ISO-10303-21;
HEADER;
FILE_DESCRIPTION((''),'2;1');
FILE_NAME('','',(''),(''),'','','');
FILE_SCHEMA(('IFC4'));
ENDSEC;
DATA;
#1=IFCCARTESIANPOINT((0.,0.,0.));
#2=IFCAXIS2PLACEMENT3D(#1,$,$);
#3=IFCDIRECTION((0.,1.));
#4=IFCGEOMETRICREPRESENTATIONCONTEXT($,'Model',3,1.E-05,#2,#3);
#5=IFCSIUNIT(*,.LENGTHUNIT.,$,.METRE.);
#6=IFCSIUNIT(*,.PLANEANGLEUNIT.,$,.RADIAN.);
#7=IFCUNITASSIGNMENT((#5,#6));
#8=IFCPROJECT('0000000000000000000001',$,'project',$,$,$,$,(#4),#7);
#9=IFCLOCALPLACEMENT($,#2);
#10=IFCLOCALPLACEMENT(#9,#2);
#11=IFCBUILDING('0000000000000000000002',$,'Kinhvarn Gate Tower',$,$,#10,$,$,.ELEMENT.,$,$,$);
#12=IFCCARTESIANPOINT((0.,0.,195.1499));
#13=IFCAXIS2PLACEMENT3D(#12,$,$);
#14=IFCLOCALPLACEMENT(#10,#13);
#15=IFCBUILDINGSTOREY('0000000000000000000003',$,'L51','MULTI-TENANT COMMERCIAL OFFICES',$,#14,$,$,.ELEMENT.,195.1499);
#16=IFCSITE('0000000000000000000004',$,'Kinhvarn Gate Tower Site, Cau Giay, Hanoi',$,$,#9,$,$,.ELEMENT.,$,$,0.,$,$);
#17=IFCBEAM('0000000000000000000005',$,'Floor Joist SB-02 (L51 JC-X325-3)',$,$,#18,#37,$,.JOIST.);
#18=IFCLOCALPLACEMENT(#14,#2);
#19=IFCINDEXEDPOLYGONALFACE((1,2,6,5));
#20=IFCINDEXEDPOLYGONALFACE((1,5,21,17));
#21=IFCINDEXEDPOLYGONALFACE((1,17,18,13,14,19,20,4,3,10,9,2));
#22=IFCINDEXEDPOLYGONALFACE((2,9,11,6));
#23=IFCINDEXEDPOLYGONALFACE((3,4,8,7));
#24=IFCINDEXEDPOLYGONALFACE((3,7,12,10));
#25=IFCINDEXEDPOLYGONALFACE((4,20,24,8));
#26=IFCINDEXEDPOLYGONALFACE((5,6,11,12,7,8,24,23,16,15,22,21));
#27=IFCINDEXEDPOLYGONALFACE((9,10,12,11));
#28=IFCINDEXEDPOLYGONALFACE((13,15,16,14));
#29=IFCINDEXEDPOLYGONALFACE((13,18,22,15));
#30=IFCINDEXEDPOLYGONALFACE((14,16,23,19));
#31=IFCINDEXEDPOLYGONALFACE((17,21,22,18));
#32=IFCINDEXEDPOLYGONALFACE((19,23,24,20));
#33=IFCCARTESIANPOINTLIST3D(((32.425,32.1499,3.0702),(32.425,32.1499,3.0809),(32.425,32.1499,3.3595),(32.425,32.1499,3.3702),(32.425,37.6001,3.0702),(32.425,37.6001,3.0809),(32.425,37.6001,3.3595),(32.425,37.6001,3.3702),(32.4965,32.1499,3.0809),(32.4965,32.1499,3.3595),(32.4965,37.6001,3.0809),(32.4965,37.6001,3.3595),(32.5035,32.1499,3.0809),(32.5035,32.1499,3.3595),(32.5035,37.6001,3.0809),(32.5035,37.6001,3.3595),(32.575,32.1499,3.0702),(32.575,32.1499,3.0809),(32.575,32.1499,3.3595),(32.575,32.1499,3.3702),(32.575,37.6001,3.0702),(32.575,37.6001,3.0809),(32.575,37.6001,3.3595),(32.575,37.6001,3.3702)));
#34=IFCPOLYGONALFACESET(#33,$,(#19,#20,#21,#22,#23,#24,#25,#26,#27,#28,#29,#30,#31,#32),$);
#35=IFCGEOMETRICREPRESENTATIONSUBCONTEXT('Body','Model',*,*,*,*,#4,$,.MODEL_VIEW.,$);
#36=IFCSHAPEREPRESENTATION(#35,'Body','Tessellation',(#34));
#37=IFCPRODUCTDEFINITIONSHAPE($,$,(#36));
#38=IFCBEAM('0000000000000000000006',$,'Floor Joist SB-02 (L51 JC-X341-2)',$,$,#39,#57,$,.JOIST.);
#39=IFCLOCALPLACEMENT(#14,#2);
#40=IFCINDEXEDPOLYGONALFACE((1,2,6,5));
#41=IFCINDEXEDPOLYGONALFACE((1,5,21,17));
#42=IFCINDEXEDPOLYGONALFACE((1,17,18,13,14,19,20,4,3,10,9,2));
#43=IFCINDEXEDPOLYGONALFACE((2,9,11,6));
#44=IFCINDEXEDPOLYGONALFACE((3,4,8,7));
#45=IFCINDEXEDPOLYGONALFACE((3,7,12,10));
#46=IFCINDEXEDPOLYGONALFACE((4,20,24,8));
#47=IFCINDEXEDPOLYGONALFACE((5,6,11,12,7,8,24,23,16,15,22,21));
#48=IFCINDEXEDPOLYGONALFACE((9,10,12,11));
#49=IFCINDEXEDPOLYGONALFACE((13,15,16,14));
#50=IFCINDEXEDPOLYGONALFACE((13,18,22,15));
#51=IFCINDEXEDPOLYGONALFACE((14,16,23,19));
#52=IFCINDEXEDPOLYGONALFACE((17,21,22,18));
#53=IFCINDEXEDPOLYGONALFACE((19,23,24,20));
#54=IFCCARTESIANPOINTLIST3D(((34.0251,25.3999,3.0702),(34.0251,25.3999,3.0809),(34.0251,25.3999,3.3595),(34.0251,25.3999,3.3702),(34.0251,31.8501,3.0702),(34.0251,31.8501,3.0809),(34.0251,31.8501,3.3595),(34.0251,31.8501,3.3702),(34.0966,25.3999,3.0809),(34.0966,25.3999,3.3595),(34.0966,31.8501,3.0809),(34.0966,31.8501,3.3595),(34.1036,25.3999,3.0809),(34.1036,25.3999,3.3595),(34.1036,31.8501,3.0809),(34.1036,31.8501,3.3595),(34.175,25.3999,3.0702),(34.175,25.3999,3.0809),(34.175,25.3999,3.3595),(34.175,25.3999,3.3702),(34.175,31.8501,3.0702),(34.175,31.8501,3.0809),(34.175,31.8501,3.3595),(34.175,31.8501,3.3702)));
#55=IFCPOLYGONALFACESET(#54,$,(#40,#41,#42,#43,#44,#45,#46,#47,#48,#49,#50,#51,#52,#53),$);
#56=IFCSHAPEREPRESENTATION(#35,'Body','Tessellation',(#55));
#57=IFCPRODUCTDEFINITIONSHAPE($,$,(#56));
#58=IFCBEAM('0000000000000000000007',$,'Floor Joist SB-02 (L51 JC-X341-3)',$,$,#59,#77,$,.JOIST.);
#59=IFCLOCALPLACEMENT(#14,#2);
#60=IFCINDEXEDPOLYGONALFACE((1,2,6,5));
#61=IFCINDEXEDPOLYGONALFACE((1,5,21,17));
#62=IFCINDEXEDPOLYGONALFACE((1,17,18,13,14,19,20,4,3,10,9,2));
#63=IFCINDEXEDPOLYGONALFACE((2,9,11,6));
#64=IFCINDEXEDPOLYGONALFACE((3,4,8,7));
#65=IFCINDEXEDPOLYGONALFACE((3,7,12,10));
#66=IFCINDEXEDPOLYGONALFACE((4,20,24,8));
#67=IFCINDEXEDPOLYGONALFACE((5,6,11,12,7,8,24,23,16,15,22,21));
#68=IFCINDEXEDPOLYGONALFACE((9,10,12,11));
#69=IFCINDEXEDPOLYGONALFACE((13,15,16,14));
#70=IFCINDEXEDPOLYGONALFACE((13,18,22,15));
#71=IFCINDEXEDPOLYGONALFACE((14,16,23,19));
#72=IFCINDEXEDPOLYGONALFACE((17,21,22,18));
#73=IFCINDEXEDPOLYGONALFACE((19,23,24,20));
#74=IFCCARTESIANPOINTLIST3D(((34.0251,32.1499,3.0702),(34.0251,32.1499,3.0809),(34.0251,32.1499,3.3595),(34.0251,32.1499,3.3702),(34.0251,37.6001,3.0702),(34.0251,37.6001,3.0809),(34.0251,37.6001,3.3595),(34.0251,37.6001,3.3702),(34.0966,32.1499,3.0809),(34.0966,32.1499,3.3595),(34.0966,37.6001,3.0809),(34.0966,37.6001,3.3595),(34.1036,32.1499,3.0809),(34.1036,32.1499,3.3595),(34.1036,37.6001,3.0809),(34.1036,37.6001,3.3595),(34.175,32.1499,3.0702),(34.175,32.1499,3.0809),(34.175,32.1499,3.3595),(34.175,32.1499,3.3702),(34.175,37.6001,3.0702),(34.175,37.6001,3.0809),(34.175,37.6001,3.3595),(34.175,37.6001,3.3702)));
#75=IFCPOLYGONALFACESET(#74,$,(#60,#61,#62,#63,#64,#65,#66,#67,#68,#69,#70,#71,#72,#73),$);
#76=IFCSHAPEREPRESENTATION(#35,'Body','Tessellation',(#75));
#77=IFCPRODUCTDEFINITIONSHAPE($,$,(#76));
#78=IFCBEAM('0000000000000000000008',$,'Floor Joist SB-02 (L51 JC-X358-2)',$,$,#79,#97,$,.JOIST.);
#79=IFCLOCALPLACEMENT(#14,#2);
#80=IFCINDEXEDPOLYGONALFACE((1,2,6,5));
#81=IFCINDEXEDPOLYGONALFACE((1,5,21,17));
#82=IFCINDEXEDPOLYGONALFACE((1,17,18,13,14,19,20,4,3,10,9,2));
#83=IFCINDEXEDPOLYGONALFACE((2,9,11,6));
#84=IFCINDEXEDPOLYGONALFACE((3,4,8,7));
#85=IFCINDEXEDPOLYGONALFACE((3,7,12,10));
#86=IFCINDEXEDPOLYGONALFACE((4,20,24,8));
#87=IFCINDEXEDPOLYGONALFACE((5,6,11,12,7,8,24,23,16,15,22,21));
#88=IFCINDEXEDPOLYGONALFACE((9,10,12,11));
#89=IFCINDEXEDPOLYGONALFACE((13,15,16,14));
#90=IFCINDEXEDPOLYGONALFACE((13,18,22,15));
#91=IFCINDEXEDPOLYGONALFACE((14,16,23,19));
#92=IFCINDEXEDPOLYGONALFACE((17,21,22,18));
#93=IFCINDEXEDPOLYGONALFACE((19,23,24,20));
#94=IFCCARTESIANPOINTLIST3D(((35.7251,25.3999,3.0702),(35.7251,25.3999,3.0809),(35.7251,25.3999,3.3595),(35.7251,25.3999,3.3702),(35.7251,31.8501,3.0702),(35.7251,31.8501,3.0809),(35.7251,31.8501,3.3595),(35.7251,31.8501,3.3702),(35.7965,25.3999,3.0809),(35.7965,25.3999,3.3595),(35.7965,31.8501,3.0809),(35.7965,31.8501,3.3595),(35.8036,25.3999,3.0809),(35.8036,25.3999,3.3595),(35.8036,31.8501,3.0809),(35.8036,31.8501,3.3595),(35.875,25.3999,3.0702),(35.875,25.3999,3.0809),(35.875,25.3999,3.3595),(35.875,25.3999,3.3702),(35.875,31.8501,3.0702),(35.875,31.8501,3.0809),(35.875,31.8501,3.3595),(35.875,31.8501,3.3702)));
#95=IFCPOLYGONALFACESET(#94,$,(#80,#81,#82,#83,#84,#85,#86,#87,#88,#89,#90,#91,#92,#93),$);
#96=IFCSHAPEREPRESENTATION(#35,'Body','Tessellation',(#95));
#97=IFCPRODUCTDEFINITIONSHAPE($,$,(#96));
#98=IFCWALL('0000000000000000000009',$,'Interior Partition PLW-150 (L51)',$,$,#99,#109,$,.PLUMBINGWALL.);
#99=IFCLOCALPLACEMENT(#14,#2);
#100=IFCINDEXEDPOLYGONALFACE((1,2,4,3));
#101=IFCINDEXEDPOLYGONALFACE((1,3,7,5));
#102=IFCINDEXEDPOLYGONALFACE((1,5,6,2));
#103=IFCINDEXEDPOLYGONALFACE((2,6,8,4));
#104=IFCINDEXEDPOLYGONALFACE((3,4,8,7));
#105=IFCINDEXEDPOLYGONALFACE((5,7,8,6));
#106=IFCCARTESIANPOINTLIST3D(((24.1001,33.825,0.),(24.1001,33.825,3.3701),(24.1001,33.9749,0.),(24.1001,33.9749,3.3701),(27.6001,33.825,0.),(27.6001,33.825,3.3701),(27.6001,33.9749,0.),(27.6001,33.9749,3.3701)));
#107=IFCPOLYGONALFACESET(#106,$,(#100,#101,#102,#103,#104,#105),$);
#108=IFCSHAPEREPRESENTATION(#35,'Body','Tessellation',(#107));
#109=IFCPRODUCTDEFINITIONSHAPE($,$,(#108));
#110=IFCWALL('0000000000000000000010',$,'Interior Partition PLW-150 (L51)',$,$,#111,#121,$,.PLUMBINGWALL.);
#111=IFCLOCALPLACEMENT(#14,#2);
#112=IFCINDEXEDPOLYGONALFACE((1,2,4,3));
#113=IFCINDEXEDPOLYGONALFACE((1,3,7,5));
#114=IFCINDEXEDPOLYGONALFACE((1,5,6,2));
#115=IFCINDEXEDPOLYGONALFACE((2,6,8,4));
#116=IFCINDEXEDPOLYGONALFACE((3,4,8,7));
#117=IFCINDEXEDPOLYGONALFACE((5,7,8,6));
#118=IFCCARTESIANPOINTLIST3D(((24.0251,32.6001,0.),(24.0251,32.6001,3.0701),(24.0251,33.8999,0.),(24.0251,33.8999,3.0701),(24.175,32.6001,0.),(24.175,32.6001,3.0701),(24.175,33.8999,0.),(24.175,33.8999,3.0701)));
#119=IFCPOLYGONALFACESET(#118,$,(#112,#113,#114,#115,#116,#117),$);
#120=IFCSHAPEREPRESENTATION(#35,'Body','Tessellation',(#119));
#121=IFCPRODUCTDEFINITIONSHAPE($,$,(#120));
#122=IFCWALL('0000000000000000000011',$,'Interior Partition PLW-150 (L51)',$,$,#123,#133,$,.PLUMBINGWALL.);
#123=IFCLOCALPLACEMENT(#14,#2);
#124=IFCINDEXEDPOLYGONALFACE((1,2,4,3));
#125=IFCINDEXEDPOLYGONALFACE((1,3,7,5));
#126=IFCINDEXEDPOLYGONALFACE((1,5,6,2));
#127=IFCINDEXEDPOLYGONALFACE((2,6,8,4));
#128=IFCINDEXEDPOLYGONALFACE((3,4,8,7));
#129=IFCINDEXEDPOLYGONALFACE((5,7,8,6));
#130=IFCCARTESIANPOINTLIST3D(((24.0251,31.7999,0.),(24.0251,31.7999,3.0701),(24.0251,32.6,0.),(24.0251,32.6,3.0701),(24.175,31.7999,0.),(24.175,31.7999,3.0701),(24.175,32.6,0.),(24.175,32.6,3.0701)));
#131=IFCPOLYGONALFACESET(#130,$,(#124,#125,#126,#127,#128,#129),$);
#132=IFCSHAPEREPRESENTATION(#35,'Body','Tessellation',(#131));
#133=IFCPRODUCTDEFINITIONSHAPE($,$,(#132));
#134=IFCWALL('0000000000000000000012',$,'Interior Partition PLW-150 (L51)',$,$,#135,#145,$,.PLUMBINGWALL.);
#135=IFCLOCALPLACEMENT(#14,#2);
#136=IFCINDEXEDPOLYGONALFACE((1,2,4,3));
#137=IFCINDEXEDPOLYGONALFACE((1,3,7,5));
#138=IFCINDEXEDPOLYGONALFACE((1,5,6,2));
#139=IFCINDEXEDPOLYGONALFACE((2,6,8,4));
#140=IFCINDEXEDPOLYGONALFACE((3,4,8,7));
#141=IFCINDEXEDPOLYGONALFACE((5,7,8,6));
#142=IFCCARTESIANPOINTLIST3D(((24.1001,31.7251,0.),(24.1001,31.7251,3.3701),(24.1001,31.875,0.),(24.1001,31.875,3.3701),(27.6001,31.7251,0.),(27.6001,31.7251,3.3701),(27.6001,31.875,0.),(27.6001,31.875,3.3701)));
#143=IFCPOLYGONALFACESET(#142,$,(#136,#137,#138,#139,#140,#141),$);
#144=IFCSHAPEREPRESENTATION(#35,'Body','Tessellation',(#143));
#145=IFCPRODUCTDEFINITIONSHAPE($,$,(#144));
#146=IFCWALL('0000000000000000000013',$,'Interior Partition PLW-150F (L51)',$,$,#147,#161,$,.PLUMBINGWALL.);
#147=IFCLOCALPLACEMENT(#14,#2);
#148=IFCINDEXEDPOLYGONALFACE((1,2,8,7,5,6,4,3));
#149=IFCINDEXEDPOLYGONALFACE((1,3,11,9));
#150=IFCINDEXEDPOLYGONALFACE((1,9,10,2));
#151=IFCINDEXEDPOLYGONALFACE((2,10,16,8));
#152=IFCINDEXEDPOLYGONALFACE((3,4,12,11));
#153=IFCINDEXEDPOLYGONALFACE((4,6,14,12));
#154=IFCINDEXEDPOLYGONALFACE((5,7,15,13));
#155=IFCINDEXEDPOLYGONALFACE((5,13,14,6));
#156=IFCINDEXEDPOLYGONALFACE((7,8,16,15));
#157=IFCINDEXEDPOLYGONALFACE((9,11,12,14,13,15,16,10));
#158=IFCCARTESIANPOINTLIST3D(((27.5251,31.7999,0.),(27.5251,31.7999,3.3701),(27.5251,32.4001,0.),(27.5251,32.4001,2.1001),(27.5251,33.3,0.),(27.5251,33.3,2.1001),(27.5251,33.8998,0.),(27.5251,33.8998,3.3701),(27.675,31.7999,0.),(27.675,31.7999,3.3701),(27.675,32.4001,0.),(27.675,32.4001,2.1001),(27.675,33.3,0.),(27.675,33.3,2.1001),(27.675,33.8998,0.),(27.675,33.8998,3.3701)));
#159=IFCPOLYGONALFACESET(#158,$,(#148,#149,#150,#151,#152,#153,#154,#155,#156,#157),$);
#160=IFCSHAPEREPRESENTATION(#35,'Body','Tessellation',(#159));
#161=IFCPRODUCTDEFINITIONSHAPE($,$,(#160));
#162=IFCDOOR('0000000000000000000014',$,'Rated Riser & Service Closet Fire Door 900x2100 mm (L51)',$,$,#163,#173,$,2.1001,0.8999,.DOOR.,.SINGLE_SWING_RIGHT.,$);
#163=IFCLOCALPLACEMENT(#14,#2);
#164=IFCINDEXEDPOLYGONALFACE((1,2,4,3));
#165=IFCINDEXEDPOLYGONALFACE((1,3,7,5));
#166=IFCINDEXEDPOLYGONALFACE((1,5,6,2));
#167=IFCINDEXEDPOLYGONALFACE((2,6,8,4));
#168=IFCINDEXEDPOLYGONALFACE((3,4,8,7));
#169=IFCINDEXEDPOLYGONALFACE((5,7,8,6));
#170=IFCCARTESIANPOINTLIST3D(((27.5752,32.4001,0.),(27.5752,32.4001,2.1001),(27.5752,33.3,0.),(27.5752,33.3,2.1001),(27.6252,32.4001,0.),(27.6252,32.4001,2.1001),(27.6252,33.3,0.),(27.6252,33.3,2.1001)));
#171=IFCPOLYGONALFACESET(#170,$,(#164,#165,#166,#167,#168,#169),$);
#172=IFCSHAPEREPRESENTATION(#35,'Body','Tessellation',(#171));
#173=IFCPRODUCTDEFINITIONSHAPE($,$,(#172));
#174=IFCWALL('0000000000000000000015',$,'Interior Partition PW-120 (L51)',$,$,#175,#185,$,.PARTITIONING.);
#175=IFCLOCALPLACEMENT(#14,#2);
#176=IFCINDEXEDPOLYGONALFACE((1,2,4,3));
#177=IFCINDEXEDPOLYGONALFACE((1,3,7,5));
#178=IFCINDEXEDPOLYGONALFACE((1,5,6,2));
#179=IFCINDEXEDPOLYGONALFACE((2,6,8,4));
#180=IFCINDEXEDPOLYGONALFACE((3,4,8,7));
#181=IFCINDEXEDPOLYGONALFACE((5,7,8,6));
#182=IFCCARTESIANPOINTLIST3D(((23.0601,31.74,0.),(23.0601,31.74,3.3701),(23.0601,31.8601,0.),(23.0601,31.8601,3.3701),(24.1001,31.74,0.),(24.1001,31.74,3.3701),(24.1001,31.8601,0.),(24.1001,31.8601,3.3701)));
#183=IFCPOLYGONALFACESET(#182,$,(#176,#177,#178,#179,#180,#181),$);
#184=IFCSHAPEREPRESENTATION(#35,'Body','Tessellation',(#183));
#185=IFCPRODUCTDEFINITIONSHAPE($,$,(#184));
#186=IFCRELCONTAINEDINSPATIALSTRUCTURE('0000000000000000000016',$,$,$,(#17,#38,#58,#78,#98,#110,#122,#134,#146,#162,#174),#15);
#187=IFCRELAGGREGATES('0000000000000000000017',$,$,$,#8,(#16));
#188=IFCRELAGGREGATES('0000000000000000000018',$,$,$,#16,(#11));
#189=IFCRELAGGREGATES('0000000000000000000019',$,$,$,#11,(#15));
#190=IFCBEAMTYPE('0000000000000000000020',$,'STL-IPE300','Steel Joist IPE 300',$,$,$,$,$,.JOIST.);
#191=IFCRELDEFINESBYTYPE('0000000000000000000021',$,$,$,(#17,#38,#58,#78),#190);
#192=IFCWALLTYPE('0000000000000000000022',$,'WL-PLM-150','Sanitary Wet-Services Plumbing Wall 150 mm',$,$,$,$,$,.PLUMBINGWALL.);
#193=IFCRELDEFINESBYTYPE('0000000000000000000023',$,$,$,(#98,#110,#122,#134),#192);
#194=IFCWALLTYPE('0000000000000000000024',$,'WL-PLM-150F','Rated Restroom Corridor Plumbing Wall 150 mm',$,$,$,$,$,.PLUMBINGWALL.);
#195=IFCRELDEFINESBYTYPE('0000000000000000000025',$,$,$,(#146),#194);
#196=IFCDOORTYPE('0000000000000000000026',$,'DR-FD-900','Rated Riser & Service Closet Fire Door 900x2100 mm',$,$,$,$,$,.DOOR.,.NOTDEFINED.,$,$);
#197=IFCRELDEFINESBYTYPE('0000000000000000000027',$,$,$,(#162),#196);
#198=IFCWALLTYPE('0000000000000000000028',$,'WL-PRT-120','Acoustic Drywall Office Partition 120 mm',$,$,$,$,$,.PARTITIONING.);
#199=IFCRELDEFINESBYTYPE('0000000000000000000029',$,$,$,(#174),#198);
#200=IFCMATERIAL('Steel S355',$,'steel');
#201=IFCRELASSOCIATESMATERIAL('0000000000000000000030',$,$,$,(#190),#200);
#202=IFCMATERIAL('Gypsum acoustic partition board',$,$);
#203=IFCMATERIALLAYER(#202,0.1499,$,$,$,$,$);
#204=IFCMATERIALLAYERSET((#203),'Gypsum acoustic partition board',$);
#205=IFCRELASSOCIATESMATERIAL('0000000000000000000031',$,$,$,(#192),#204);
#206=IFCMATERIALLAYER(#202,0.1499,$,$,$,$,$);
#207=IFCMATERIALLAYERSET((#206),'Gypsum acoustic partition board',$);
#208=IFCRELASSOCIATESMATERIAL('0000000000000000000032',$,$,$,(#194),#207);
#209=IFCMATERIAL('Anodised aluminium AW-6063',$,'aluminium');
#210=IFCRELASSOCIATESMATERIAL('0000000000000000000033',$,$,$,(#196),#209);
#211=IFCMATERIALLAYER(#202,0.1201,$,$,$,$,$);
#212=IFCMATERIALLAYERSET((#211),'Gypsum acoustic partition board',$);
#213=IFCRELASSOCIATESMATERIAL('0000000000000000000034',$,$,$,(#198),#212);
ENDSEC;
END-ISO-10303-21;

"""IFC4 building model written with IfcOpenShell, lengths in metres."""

from ifc_helpers import new_model, si_unit, direction, frame, frame_2d, origin, origin_2d, place, context, subcontext, project, spatial, rectangle, i_section, extrude, material, layer, layer_set, material_profile, profile_set, type_object, element, fill, save


model = new_model("IFC4")

# Units and contexts
model_context = context("Model", 3, precision=1e-05, world=origin(), true_north=direction((0.0, 1.0)))
body_context = subcontext(model_context, "Body", "Model", "MODEL_VIEW")
ifc_project = project(units=[si_unit("LENGTHUNIT", "METRE"), si_unit("PLANEANGLEUNIT", "RADIAN")], contexts=[model_context])

# Site, building, storey
site_placement = place(None, origin())
site = spatial("IfcSite", under=ifc_project, at=site_placement, Name="Kinhvarn Gate Tower Site, Cau Giay, Hanoi", CompositionType="ELEMENT", RefElevation=0.0)
building_placement = place(site_placement, origin())
building = spatial("IfcBuilding", under=site, at=building_placement, Name="Kinhvarn Gate Tower", CompositionType="ELEMENT")
storey_placement = place(building_placement, frame((0.0, 0.0, 195.1499)))
storey = spatial("IfcBuildingStorey", under=building, at=storey_placement, Name="L51", Description="MULTI-TENANT COMMERCIAL OFFICES", CompositionType="ELEMENT", Elevation=195.1499)

# Beams
ifc_material_1 = material(Name="Steel S355", Category="steel")
ifc_material_profile = material_profile(ifc_material_1, i_section(OverallWidth=0.1499, OverallDepth=0.3, WebThickness=0.0071, FlangeThickness=0.0107, at=origin_2d()), Name="IPE 300")
ifc_profile_set = profile_set([ifc_material_profile], Name="Steel S355")
beam_type = type_object("IfcBeamType", Name="STL-IPE300", Description="Steel Joist IPE 300", PredefinedType="JOIST", material=ifc_profile_set)
beam_1_placement = place(storey_placement, frame((32.5, 32.1499, 3.2202), z_axis=(0.0, 1.0, 0.0), x_axis=(-1.0, 0.0, 0.0)))
element("IfcBeam", 1, at=beam_1_placement, inside=storey, type_object=beam_type, Name="Floor Joist SB-02 (L51 JC-X325-3)", PredefinedType="JOIST", context=body_context, shape_type="SweptSolid", body=[
    extrude(i_section(OverallWidth=0.1499, OverallDepth=0.3, WebThickness=0.0071, FlangeThickness=0.0107, at=origin_2d()), origin(), (0.0, 0.0, 1.0), 5.4502),
])
beam_2_placement = place(storey_placement, frame((34.1001, 25.3999, 3.2202), z_axis=(0.0, 1.0, 0.0), x_axis=(-1.0, 0.0, 0.0)))
element("IfcBeam", 2, at=beam_2_placement, inside=storey, type_object=beam_type, Name="Floor Joist SB-02 (L51 JC-X341-2)", PredefinedType="JOIST", context=body_context, shape_type="SweptSolid", body=[
    extrude(i_section(OverallWidth=0.1499, OverallDepth=0.3, WebThickness=0.0071, FlangeThickness=0.0107, at=origin_2d()), origin(), (0.0, 0.0, 1.0), 6.4502),
])
beam_3_placement = place(storey_placement, frame((34.1001, 32.1499, 3.2202), z_axis=(0.0, 1.0, 0.0), x_axis=(-1.0, 0.0, 0.0)))
element("IfcBeam", 3, at=beam_3_placement, inside=storey, type_object=beam_type, Name="Floor Joist SB-02 (L51 JC-X341-3)", PredefinedType="JOIST", context=body_context, shape_type="SweptSolid", body=[
    extrude(i_section(OverallWidth=0.1499, OverallDepth=0.3, WebThickness=0.0071, FlangeThickness=0.0107, at=origin_2d()), origin(), (0.0, 0.0, 1.0), 5.4502),
])
beam_4_placement = place(storey_placement, frame((35.8, 25.3999, 3.2202), z_axis=(0.0, 1.0, 0.0), x_axis=(-1.0, 0.0, 0.0)))
element("IfcBeam", 4, at=beam_4_placement, inside=storey, type_object=beam_type, Name="Floor Joist SB-02 (L51 JC-X358-2)", PredefinedType="JOIST", context=body_context, shape_type="SweptSolid", body=[
    extrude(i_section(OverallWidth=0.1499, OverallDepth=0.3, WebThickness=0.0071, FlangeThickness=0.0107, at=origin_2d()), origin(), (0.0, 0.0, 1.0), 6.4502),
])

# Walls
ifc_material_2 = material(Name="Gypsum acoustic partition board")
ifc_layer_1 = layer(ifc_material_2, 0.1499)
ifc_layer_set_1 = layer_set([ifc_layer_1], Name="Gypsum acoustic partition board")
wall_type_1 = type_object("IfcWallType", Name="WL-PLM-150", Description="Sanitary Wet-Services Plumbing Wall 150 mm", PredefinedType="PLUMBINGWALL", material=ifc_layer_set_1)
wall_1_placement = place(storey_placement, frame((24.1001, 33.8999, 0.0), z_axis=(0.0, 0.0, 1.0), x_axis=(1.0, 0.0, 0.0)))
element("IfcWall", 5, at=wall_1_placement, inside=storey, type_object=wall_type_1, Name="Interior Partition PLW-150 (L51)", PredefinedType="PLUMBINGWALL", context=body_context, shape_type="SweptSolid", body=[
    extrude(rectangle(XDim=3.5, YDim=0.1499, at=frame_2d((1.75, 0.0))), origin(), (0.0, 0.0, 1.0), 3.3701),
])
wall_2_placement = place(storey_placement, frame((24.1001, 32.6001, 0.0), z_axis=(0.0, 0.0, 1.0), x_axis=(0.0, 1.0, 0.0)))
element("IfcWall", 6, at=wall_2_placement, inside=storey, type_object=wall_type_1, Name="Interior Partition PLW-150 (L51)", PredefinedType="PLUMBINGWALL", context=body_context, shape_type="SweptSolid", body=[
    extrude(rectangle(XDim=1.2998, YDim=0.1499, at=frame_2d((0.6499, 0.0))), origin(), (0.0, 0.0, 1.0), 3.0701),
])
wall_3_placement = place(storey_placement, frame((24.1001, 31.8, 0.0), z_axis=(0.0, 0.0, 1.0), x_axis=(0.0, 1.0, 0.0)))
element("IfcWall", 7, at=wall_3_placement, inside=storey, type_object=wall_type_1, Name="Interior Partition PLW-150 (L51)", PredefinedType="PLUMBINGWALL", context=body_context, shape_type="SweptSolid", body=[
    extrude(rectangle(XDim=0.8, YDim=0.1499, at=frame_2d((0.3999, 0.0))), origin(), (0.0, 0.0, 1.0), 3.0701),
])
wall_4_placement = place(storey_placement, frame((24.1001, 31.8, 0.0), z_axis=(0.0, 0.0, 1.0), x_axis=(1.0, 0.0, 0.0)))
element("IfcWall", 8, at=wall_4_placement, inside=storey, type_object=wall_type_1, Name="Interior Partition PLW-150 (L51)", PredefinedType="PLUMBINGWALL", context=body_context, shape_type="SweptSolid", body=[
    extrude(rectangle(XDim=3.5, YDim=0.1499, at=frame_2d((1.75, 0.0))), origin(), (0.0, 0.0, 1.0), 3.3701),
])

# Wall, opening, door
ifc_layer_2 = layer(ifc_material_2, 0.1499)
ifc_layer_set_2 = layer_set([ifc_layer_2], Name="Gypsum acoustic partition board")
wall_type_2 = type_object("IfcWallType", Name="WL-PLM-150F", Description="Rated Restroom Corridor Plumbing Wall 150 mm", PredefinedType="PLUMBINGWALL", material=ifc_layer_set_2)
wall_5_placement = place(storey_placement, frame((27.6001, 31.8, 0.0), z_axis=(0.0, 0.0, 1.0), x_axis=(0.0, 1.0, 0.0)))
wall_5 = element("IfcWall", 9, at=wall_5_placement, inside=storey, type_object=wall_type_2, Name="Interior Partition PLW-150F (L51)", PredefinedType="PLUMBINGWALL", context=body_context, shape_type="SweptSolid", body=[
    extrude(rectangle(XDim=2.0999, YDim=0.1499, at=frame_2d((1.0498, 0.0))), origin(), (0.0, 0.0, 1.0), 3.3701),
])
opening_1_placement = place(wall_5_placement, frame((0.6001, 0.0, 0.0)))
opening_1 = element("IfcOpeningElement", 10, at=opening_1_placement, cuts=wall_5, PredefinedType="OPENING", context=body_context, shape_type="SweptSolid", body=[
    extrude(rectangle(XDim=0.8999, YDim=2.1001, at=frame_2d((0.45, 1.05))), frame((0.0, 0.085, 0.0), z_axis=(0.0, -1.0, 0.0), x_axis=(1.0, 0.0, 0.0)), (0.0, 0.0, 1.0), 0.1699),
])
ifc_material_3 = material(Name="Anodised aluminium AW-6063", Category="aluminium")
door_type_1 = type_object("IfcDoorType", Name="DR-FD-900", Description="Rated Riser & Service Closet Fire Door 900x2100 mm", OperationType="NOTDEFINED", PredefinedType="DOOR", material=ifc_material_3)
door_1_placement = place(opening_1_placement, origin())
door_1 = element("IfcDoor", 11, at=door_1_placement, inside=storey, type_object=door_type_1, Name="Rated Riser & Service Closet Fire Door 900x2100 mm (L51)", OperationType="SINGLE_SWING_RIGHT", OverallHeight=2.1001, OverallWidth=0.8999, PredefinedType="DOOR", context=body_context, shape_type="SweptSolid", body=[
    extrude(rectangle(XDim=0.8999, YDim=2.1001, at=frame_2d((0.45, 1.05))), frame((0.0, 0.0249, 0.0), z_axis=(0.0, -1.0, 0.0), x_axis=(1.0, 0.0, 0.0)), (0.0, 0.0, 1.0), 0.05),
])
fill(opening_1, door_1)

# Wall
ifc_layer_3 = layer(ifc_material_2, 0.1201)
ifc_layer_set_3 = layer_set([ifc_layer_3], Name="Gypsum acoustic partition board")
wall_type_3 = type_object("IfcWallType", Name="WL-PRT-120", Description="Acoustic Drywall Office Partition 120 mm", PredefinedType="PARTITIONING", material=ifc_layer_set_3)
wall_6_placement = place(storey_placement, frame((23.0601, 31.8, 0.0), z_axis=(0.0, 0.0, 1.0), x_axis=(1.0, 0.0, 0.0)))
element("IfcWall", 12, at=wall_6_placement, inside=storey, type_object=wall_type_3, Name="Interior Partition PW-120 (L51)", PredefinedType="PARTITIONING", context=body_context, shape_type="SweptSolid", body=[
    extrude(rectangle(XDim=1.04, YDim=0.1201, at=frame_2d((0.52, 0.0))), origin(), (0.0, 0.0, 1.0), 3.3701),
])

save(model, "model.ifc")
